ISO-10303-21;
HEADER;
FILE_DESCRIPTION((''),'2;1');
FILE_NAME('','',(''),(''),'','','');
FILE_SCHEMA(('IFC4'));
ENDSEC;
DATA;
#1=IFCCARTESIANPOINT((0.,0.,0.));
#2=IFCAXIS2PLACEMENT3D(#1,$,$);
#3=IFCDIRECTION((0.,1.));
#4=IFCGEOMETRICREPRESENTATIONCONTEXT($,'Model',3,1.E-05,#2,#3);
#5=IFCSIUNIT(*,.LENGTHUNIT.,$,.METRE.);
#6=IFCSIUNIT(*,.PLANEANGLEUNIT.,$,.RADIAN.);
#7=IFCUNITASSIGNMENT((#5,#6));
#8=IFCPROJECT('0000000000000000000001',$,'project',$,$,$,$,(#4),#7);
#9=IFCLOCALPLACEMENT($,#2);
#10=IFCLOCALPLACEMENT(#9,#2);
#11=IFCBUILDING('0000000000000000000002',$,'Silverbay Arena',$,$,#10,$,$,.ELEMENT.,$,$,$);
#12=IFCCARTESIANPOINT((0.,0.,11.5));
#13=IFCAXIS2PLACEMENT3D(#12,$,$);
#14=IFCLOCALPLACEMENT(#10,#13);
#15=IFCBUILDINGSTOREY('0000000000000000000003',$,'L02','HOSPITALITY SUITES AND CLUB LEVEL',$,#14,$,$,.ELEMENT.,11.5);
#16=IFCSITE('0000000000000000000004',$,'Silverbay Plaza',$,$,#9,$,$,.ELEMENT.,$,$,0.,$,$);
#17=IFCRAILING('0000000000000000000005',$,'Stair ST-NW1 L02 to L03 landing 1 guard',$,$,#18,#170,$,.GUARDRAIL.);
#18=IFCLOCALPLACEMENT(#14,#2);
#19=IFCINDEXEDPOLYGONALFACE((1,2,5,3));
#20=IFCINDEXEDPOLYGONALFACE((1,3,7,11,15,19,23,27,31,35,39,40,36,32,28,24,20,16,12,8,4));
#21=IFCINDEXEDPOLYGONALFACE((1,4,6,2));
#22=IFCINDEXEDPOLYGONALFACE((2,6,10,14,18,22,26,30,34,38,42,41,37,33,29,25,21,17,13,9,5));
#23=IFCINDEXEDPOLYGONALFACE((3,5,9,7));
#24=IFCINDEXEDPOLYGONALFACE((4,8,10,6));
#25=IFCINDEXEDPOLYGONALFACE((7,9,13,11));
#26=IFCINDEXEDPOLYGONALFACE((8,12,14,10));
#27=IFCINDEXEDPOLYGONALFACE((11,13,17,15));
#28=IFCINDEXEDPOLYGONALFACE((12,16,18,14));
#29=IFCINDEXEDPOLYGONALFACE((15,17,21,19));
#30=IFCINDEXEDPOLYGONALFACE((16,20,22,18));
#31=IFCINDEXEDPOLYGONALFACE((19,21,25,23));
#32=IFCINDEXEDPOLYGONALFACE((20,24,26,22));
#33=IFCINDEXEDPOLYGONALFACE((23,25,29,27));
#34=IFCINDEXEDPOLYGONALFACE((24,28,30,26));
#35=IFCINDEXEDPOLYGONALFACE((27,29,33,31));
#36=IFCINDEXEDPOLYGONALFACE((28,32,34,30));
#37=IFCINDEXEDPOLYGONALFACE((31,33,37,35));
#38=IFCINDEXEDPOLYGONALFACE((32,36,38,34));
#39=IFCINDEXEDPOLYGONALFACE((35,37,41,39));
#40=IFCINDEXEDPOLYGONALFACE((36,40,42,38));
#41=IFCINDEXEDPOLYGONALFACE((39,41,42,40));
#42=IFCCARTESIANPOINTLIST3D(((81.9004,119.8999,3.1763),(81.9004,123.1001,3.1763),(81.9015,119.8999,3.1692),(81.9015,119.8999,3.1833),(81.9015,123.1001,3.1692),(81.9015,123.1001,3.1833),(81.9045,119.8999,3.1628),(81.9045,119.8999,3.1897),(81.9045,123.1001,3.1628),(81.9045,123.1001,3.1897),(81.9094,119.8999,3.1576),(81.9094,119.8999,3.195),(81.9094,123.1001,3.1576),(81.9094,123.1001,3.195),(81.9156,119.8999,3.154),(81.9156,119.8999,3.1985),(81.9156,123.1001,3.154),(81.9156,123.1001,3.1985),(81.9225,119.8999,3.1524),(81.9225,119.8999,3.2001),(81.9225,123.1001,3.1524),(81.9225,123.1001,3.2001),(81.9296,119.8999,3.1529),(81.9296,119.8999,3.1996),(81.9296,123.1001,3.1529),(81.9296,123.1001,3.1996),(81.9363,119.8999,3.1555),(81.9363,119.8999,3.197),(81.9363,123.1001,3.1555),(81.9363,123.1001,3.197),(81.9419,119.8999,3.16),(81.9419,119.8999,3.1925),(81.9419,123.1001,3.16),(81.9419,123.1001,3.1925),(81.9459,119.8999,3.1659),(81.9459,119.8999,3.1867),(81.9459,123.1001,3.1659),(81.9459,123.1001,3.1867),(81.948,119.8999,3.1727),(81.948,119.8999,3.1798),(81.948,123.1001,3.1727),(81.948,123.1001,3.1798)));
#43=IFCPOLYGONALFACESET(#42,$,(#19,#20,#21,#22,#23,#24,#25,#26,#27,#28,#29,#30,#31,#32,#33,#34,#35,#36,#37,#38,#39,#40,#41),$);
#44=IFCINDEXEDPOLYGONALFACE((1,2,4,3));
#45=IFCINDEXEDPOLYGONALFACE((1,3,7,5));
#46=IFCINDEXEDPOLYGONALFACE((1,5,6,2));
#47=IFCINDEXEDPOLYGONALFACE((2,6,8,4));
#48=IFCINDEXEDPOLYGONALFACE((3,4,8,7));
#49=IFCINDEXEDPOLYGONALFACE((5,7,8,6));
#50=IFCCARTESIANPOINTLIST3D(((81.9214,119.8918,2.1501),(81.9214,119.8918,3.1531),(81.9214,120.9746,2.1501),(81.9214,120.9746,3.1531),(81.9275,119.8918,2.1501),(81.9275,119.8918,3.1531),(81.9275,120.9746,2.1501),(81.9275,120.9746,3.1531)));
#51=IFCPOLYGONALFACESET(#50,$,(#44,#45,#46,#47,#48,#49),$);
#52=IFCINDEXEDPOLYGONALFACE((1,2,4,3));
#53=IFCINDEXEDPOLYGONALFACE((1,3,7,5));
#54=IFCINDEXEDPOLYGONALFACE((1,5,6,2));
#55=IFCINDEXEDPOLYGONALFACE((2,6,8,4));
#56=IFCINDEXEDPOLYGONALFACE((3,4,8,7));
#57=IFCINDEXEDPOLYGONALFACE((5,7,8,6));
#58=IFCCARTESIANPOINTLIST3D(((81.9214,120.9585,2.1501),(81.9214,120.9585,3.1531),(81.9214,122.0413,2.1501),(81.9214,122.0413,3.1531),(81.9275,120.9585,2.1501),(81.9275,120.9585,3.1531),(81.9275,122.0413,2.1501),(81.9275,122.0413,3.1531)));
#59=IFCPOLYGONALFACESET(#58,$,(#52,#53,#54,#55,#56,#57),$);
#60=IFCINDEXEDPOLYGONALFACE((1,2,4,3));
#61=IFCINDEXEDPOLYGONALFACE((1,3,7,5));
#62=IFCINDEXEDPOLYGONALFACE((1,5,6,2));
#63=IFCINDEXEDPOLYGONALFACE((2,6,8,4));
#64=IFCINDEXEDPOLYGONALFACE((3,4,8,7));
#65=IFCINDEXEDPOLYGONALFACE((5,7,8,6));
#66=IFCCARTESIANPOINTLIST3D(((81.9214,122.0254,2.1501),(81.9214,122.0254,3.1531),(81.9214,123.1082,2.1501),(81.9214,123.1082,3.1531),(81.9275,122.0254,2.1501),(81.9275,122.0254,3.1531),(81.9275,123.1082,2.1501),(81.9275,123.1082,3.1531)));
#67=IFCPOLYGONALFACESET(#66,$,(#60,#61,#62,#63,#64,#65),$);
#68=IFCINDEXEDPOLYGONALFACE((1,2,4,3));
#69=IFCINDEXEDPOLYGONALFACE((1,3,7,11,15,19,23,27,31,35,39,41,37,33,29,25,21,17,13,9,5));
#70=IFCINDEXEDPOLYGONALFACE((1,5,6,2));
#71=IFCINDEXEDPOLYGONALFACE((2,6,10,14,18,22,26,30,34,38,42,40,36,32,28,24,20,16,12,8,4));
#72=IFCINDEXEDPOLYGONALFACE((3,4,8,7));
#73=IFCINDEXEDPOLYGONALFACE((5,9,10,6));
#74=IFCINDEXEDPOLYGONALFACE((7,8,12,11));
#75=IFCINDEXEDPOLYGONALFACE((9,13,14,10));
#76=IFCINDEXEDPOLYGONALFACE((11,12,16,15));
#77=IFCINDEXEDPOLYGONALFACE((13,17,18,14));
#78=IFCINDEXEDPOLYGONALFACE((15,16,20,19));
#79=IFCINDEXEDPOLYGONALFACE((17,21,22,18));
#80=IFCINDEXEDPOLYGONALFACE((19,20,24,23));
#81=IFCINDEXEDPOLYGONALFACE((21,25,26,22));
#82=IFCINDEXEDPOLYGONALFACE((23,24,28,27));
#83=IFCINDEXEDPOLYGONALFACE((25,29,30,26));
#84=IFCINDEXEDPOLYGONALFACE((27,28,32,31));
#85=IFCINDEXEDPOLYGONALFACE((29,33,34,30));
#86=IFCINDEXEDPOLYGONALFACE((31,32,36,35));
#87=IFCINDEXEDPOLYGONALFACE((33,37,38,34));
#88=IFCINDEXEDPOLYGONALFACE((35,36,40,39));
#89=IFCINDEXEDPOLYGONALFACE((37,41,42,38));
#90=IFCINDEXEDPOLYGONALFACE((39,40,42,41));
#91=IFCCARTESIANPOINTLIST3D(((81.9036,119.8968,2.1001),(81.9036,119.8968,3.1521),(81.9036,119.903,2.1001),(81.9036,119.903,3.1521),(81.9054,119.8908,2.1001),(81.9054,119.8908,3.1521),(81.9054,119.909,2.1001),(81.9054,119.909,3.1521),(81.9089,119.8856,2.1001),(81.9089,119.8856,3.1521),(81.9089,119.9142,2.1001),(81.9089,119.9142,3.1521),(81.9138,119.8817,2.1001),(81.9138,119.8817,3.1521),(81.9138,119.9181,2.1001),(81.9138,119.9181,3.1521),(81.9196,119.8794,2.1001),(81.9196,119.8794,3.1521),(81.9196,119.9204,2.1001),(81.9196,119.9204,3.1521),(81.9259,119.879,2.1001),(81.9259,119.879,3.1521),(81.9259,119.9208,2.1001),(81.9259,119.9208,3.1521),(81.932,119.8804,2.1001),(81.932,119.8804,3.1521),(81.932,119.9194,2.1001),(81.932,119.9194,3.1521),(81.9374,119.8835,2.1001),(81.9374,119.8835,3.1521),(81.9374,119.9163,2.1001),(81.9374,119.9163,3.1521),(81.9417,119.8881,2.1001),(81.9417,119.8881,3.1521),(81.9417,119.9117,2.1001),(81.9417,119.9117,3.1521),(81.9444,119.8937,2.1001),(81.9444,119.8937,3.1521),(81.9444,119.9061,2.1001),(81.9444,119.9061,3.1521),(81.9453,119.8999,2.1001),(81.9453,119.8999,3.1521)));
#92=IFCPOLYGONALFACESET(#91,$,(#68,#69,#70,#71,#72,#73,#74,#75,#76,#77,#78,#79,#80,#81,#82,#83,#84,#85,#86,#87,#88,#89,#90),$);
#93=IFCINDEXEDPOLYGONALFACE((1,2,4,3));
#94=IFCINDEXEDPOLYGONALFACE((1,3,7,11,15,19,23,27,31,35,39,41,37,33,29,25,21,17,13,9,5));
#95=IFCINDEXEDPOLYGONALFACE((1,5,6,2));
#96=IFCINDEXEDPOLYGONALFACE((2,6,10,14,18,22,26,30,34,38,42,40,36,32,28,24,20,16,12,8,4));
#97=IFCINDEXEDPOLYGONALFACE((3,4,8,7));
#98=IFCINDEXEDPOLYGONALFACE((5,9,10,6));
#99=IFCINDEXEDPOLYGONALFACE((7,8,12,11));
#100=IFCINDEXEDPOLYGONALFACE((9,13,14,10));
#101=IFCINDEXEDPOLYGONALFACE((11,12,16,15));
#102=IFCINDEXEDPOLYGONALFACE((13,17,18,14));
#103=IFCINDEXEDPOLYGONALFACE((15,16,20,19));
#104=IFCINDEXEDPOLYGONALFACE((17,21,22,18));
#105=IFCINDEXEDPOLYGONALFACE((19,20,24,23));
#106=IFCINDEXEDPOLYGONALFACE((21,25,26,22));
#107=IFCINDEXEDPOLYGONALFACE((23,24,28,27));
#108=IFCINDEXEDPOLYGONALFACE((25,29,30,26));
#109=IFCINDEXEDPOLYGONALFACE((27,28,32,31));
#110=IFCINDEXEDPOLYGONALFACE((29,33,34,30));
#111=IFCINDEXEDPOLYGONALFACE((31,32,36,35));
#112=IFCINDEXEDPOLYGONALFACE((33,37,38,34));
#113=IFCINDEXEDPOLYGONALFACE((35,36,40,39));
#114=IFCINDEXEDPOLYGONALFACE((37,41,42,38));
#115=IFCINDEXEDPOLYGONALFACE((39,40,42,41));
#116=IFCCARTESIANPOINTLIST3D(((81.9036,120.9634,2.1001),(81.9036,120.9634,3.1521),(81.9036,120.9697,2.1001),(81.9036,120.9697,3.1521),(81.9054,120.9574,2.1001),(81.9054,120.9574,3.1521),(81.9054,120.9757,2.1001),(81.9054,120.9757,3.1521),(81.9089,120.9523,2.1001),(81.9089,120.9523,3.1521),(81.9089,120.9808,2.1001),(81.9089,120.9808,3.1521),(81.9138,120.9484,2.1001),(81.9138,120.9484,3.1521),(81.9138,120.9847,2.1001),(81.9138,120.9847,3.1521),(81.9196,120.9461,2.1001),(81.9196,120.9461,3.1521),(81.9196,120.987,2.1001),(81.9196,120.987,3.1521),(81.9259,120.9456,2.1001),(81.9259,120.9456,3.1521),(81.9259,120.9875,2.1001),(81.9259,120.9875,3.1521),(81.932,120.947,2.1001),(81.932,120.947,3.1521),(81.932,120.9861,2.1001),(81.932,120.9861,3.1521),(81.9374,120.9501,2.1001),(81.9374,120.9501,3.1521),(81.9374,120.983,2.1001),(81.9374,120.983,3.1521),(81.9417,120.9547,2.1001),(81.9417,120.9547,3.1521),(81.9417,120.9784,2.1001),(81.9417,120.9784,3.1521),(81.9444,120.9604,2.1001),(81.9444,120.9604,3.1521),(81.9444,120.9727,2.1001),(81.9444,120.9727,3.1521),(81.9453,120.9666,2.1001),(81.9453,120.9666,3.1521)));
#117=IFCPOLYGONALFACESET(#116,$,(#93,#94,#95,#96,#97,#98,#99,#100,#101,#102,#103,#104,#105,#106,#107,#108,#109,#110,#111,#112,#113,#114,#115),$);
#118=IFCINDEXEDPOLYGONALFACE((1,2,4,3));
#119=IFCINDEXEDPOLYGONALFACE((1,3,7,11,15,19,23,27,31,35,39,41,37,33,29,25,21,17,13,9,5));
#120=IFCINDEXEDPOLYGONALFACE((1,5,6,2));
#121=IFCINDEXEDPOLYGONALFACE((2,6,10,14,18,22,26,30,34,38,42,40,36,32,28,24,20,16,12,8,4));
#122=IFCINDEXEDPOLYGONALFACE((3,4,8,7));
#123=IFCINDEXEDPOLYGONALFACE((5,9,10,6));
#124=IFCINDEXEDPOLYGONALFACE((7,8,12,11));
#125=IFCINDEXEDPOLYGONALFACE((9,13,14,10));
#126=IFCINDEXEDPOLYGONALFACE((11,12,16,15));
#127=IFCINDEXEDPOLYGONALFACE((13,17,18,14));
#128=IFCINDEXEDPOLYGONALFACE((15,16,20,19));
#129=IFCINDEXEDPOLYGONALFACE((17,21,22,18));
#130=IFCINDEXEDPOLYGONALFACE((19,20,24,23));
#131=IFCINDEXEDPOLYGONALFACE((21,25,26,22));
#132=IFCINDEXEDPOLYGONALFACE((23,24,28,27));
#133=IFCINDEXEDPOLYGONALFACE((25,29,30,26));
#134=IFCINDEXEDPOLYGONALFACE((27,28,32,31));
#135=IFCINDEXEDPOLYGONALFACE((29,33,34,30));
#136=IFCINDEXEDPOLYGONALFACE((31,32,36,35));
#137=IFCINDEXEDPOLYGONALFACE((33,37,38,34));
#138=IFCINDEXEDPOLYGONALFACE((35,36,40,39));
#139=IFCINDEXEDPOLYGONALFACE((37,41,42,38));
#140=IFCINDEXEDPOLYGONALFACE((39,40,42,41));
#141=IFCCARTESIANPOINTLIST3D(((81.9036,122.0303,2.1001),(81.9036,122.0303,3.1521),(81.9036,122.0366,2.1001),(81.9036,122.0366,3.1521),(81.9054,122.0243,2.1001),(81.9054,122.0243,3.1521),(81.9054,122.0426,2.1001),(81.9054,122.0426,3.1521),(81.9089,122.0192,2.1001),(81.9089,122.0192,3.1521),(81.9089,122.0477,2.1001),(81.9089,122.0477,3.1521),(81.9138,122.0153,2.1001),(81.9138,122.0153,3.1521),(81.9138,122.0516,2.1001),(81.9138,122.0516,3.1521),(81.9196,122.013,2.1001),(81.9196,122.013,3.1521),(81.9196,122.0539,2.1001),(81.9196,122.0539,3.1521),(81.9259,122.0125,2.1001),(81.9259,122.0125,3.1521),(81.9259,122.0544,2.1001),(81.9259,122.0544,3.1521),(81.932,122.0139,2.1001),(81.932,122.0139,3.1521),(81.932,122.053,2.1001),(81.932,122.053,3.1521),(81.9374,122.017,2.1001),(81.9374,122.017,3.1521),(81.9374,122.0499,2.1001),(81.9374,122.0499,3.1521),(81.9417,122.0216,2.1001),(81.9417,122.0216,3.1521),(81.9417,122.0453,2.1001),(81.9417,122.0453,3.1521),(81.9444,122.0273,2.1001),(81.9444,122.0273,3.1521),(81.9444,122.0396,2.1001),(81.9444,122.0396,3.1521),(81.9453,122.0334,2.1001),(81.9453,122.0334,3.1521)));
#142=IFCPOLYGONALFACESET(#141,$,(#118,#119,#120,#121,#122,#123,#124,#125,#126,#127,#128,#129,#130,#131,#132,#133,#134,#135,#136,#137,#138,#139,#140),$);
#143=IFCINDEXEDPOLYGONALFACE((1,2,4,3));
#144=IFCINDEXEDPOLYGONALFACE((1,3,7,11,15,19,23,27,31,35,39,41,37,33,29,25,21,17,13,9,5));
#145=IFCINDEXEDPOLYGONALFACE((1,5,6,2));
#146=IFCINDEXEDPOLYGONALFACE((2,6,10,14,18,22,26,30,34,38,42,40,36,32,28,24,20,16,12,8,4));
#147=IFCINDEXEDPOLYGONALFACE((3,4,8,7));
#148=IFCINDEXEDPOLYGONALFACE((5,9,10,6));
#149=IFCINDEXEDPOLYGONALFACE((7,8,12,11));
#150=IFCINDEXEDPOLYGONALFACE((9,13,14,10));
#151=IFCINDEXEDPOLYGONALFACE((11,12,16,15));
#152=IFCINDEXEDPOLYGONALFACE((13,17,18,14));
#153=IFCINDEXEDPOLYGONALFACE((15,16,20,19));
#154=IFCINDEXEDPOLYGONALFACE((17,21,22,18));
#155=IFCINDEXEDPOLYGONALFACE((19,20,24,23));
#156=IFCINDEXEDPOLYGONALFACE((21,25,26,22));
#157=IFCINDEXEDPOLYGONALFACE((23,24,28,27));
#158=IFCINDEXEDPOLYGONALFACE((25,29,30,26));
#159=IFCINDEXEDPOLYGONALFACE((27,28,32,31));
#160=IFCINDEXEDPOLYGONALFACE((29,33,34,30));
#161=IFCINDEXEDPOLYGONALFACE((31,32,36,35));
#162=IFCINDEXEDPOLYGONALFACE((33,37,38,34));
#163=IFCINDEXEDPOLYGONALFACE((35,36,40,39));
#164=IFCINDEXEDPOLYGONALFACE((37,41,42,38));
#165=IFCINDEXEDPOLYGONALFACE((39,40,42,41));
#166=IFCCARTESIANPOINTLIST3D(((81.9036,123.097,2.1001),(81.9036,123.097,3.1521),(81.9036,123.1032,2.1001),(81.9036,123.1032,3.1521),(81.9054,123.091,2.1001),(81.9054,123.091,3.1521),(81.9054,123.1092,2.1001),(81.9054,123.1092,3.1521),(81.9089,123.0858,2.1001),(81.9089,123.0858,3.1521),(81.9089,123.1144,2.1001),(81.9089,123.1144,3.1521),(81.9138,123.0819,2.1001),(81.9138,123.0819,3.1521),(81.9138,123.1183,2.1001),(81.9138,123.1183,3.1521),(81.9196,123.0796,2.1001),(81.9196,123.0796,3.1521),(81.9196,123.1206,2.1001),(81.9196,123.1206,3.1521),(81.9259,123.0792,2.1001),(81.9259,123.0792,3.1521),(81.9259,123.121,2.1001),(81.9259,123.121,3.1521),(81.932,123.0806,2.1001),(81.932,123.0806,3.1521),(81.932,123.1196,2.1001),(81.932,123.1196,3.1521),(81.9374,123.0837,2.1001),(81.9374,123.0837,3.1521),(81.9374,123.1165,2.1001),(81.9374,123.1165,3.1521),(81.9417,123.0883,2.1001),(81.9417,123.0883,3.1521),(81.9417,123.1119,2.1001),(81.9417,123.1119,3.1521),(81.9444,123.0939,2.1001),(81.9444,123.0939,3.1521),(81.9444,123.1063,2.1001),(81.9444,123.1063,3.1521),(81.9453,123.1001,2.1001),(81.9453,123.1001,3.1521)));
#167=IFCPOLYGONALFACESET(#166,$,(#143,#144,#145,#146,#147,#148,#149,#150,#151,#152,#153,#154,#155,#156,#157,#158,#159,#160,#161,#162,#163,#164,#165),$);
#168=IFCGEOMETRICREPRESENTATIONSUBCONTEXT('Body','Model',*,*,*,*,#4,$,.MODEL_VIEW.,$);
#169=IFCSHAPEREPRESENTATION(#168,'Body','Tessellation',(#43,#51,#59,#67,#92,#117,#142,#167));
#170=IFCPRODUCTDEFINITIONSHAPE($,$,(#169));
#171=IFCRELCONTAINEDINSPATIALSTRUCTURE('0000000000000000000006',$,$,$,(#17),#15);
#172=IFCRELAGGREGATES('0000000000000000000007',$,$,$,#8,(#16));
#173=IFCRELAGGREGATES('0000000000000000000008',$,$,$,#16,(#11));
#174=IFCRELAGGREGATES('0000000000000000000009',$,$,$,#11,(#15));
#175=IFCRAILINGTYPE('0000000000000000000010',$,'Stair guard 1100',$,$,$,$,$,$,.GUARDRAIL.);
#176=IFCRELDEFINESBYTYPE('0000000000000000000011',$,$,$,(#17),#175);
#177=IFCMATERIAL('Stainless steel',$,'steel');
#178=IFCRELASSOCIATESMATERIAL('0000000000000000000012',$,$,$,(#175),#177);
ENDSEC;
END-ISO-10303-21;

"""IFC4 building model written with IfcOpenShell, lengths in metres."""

from ifc_helpers import new_model, si_unit, direction, frame, origin, origin_2d, place, context, subcontext, project, spatial, polyline, circle, outline, extrude, material, type_object, element, save


model = new_model("IFC4")

# Units and contexts
model_context = context("Model", 3, precision=1e-05, world=origin(), true_north=direction((0.0, 1.0)))
body_context = subcontext(model_context, "Body", "Model", "MODEL_VIEW")
ifc_project = project(units=[si_unit("LENGTHUNIT", "METRE"), si_unit("PLANEANGLEUNIT", "RADIAN")], contexts=[model_context])

# Site, building, storey
site_placement = place(None, origin())
site = spatial("IfcSite", under=ifc_project, at=site_placement, Name="Silverbay Plaza", CompositionType="ELEMENT", RefElevation=0.0)
building_placement = place(site_placement, origin())
building = spatial("IfcBuilding", under=site, at=building_placement, Name="Silverbay Arena", CompositionType="ELEMENT")
storey_placement = place(building_placement, frame((0.0, 0.0, 11.5)))
storey = spatial("IfcBuildingStorey", under=building, at=storey_placement, Name="L02", Description="HOSPITALITY SUITES AND CLUB LEVEL", CompositionType="ELEMENT", Elevation=11.5)

# Railing
ifc_material_1 = material(Name="Stainless steel", Category="steel")
railing_type_1 = type_object("IfcRailingType", Name="Stair guard 1100", PredefinedType="GUARDRAIL", material=ifc_material_1)
for number, where, name in (
    (1, (81.9243, 119.8999, 2.1001), "Stair ST-NW1 L02 to L03 landing 1 guard"),
):
    element("IfcRailing", number, at=place(storey_placement, frame(where)), inside=storey, type_object=railing_type_1, Name=name, PredefinedType="GUARDRAIL", context=body_context, shape_type="SweptSolid", body=[
        extrude(circle(Radius=0.0239, at=origin_2d()), frame((0.0, 0.0, 1.0762), z_axis=(0.0, 1.0, 0.0), x_axis=(-1.0, 0.0, 0.0)), (0.0, 0.0, 1.0), 3.2002),
        extrude(outline(polyline([(-0.0081, 0.05), (1.0747, 0.05), (1.0747, 1.053), (-0.0081, 1.053), (-0.0081, 0.05)])), frame((-0.0029, 0.0, 0.0), z_axis=(1.0, 0.0, 0.0), x_axis=(0.0, 1.0, 0.0)), (0.0, 0.0, 1.0), 0.0061),
        extrude(outline(polyline([(-0.0081, 0.05), (1.0747, 0.05), (1.0747, 1.053), (-0.0081, 1.053), (-0.0081, 0.05)])), frame((-0.0029, 1.0667, 0.0), z_axis=(1.0, 0.0, 0.0), x_axis=(0.0, 1.0, 0.0)), (0.0, 0.0, 1.0), 0.0061),
        extrude(outline(polyline([(-0.0081, 0.05), (1.0747, 0.05), (1.0747, 1.053), (-0.0081, 1.053), (-0.0081, 0.05)])), frame((-0.0029, 2.1335, 0.0), z_axis=(1.0, 0.0, 0.0), x_axis=(0.0, 1.0, 0.0)), (0.0, 0.0, 1.0), 0.0061),
        extrude(circle(Radius=0.021, at=origin_2d()), origin(), (0.0, 0.0, 1.0), 1.052),
        extrude(circle(Radius=0.021, at=origin_2d()), frame((0.0, 1.0667, 0.0)), (0.0, 0.0, 1.0), 1.052),
        extrude(circle(Radius=0.021, at=origin_2d()), frame((0.0, 2.1335, 0.0)), (0.0, 0.0, 1.0), 1.052),
        extrude(circle(Radius=0.021, at=origin_2d()), frame((0.0, 3.2002, 0.0)), (0.0, 0.0, 1.0), 1.052),
    ])

save(model, "model.ifc")
